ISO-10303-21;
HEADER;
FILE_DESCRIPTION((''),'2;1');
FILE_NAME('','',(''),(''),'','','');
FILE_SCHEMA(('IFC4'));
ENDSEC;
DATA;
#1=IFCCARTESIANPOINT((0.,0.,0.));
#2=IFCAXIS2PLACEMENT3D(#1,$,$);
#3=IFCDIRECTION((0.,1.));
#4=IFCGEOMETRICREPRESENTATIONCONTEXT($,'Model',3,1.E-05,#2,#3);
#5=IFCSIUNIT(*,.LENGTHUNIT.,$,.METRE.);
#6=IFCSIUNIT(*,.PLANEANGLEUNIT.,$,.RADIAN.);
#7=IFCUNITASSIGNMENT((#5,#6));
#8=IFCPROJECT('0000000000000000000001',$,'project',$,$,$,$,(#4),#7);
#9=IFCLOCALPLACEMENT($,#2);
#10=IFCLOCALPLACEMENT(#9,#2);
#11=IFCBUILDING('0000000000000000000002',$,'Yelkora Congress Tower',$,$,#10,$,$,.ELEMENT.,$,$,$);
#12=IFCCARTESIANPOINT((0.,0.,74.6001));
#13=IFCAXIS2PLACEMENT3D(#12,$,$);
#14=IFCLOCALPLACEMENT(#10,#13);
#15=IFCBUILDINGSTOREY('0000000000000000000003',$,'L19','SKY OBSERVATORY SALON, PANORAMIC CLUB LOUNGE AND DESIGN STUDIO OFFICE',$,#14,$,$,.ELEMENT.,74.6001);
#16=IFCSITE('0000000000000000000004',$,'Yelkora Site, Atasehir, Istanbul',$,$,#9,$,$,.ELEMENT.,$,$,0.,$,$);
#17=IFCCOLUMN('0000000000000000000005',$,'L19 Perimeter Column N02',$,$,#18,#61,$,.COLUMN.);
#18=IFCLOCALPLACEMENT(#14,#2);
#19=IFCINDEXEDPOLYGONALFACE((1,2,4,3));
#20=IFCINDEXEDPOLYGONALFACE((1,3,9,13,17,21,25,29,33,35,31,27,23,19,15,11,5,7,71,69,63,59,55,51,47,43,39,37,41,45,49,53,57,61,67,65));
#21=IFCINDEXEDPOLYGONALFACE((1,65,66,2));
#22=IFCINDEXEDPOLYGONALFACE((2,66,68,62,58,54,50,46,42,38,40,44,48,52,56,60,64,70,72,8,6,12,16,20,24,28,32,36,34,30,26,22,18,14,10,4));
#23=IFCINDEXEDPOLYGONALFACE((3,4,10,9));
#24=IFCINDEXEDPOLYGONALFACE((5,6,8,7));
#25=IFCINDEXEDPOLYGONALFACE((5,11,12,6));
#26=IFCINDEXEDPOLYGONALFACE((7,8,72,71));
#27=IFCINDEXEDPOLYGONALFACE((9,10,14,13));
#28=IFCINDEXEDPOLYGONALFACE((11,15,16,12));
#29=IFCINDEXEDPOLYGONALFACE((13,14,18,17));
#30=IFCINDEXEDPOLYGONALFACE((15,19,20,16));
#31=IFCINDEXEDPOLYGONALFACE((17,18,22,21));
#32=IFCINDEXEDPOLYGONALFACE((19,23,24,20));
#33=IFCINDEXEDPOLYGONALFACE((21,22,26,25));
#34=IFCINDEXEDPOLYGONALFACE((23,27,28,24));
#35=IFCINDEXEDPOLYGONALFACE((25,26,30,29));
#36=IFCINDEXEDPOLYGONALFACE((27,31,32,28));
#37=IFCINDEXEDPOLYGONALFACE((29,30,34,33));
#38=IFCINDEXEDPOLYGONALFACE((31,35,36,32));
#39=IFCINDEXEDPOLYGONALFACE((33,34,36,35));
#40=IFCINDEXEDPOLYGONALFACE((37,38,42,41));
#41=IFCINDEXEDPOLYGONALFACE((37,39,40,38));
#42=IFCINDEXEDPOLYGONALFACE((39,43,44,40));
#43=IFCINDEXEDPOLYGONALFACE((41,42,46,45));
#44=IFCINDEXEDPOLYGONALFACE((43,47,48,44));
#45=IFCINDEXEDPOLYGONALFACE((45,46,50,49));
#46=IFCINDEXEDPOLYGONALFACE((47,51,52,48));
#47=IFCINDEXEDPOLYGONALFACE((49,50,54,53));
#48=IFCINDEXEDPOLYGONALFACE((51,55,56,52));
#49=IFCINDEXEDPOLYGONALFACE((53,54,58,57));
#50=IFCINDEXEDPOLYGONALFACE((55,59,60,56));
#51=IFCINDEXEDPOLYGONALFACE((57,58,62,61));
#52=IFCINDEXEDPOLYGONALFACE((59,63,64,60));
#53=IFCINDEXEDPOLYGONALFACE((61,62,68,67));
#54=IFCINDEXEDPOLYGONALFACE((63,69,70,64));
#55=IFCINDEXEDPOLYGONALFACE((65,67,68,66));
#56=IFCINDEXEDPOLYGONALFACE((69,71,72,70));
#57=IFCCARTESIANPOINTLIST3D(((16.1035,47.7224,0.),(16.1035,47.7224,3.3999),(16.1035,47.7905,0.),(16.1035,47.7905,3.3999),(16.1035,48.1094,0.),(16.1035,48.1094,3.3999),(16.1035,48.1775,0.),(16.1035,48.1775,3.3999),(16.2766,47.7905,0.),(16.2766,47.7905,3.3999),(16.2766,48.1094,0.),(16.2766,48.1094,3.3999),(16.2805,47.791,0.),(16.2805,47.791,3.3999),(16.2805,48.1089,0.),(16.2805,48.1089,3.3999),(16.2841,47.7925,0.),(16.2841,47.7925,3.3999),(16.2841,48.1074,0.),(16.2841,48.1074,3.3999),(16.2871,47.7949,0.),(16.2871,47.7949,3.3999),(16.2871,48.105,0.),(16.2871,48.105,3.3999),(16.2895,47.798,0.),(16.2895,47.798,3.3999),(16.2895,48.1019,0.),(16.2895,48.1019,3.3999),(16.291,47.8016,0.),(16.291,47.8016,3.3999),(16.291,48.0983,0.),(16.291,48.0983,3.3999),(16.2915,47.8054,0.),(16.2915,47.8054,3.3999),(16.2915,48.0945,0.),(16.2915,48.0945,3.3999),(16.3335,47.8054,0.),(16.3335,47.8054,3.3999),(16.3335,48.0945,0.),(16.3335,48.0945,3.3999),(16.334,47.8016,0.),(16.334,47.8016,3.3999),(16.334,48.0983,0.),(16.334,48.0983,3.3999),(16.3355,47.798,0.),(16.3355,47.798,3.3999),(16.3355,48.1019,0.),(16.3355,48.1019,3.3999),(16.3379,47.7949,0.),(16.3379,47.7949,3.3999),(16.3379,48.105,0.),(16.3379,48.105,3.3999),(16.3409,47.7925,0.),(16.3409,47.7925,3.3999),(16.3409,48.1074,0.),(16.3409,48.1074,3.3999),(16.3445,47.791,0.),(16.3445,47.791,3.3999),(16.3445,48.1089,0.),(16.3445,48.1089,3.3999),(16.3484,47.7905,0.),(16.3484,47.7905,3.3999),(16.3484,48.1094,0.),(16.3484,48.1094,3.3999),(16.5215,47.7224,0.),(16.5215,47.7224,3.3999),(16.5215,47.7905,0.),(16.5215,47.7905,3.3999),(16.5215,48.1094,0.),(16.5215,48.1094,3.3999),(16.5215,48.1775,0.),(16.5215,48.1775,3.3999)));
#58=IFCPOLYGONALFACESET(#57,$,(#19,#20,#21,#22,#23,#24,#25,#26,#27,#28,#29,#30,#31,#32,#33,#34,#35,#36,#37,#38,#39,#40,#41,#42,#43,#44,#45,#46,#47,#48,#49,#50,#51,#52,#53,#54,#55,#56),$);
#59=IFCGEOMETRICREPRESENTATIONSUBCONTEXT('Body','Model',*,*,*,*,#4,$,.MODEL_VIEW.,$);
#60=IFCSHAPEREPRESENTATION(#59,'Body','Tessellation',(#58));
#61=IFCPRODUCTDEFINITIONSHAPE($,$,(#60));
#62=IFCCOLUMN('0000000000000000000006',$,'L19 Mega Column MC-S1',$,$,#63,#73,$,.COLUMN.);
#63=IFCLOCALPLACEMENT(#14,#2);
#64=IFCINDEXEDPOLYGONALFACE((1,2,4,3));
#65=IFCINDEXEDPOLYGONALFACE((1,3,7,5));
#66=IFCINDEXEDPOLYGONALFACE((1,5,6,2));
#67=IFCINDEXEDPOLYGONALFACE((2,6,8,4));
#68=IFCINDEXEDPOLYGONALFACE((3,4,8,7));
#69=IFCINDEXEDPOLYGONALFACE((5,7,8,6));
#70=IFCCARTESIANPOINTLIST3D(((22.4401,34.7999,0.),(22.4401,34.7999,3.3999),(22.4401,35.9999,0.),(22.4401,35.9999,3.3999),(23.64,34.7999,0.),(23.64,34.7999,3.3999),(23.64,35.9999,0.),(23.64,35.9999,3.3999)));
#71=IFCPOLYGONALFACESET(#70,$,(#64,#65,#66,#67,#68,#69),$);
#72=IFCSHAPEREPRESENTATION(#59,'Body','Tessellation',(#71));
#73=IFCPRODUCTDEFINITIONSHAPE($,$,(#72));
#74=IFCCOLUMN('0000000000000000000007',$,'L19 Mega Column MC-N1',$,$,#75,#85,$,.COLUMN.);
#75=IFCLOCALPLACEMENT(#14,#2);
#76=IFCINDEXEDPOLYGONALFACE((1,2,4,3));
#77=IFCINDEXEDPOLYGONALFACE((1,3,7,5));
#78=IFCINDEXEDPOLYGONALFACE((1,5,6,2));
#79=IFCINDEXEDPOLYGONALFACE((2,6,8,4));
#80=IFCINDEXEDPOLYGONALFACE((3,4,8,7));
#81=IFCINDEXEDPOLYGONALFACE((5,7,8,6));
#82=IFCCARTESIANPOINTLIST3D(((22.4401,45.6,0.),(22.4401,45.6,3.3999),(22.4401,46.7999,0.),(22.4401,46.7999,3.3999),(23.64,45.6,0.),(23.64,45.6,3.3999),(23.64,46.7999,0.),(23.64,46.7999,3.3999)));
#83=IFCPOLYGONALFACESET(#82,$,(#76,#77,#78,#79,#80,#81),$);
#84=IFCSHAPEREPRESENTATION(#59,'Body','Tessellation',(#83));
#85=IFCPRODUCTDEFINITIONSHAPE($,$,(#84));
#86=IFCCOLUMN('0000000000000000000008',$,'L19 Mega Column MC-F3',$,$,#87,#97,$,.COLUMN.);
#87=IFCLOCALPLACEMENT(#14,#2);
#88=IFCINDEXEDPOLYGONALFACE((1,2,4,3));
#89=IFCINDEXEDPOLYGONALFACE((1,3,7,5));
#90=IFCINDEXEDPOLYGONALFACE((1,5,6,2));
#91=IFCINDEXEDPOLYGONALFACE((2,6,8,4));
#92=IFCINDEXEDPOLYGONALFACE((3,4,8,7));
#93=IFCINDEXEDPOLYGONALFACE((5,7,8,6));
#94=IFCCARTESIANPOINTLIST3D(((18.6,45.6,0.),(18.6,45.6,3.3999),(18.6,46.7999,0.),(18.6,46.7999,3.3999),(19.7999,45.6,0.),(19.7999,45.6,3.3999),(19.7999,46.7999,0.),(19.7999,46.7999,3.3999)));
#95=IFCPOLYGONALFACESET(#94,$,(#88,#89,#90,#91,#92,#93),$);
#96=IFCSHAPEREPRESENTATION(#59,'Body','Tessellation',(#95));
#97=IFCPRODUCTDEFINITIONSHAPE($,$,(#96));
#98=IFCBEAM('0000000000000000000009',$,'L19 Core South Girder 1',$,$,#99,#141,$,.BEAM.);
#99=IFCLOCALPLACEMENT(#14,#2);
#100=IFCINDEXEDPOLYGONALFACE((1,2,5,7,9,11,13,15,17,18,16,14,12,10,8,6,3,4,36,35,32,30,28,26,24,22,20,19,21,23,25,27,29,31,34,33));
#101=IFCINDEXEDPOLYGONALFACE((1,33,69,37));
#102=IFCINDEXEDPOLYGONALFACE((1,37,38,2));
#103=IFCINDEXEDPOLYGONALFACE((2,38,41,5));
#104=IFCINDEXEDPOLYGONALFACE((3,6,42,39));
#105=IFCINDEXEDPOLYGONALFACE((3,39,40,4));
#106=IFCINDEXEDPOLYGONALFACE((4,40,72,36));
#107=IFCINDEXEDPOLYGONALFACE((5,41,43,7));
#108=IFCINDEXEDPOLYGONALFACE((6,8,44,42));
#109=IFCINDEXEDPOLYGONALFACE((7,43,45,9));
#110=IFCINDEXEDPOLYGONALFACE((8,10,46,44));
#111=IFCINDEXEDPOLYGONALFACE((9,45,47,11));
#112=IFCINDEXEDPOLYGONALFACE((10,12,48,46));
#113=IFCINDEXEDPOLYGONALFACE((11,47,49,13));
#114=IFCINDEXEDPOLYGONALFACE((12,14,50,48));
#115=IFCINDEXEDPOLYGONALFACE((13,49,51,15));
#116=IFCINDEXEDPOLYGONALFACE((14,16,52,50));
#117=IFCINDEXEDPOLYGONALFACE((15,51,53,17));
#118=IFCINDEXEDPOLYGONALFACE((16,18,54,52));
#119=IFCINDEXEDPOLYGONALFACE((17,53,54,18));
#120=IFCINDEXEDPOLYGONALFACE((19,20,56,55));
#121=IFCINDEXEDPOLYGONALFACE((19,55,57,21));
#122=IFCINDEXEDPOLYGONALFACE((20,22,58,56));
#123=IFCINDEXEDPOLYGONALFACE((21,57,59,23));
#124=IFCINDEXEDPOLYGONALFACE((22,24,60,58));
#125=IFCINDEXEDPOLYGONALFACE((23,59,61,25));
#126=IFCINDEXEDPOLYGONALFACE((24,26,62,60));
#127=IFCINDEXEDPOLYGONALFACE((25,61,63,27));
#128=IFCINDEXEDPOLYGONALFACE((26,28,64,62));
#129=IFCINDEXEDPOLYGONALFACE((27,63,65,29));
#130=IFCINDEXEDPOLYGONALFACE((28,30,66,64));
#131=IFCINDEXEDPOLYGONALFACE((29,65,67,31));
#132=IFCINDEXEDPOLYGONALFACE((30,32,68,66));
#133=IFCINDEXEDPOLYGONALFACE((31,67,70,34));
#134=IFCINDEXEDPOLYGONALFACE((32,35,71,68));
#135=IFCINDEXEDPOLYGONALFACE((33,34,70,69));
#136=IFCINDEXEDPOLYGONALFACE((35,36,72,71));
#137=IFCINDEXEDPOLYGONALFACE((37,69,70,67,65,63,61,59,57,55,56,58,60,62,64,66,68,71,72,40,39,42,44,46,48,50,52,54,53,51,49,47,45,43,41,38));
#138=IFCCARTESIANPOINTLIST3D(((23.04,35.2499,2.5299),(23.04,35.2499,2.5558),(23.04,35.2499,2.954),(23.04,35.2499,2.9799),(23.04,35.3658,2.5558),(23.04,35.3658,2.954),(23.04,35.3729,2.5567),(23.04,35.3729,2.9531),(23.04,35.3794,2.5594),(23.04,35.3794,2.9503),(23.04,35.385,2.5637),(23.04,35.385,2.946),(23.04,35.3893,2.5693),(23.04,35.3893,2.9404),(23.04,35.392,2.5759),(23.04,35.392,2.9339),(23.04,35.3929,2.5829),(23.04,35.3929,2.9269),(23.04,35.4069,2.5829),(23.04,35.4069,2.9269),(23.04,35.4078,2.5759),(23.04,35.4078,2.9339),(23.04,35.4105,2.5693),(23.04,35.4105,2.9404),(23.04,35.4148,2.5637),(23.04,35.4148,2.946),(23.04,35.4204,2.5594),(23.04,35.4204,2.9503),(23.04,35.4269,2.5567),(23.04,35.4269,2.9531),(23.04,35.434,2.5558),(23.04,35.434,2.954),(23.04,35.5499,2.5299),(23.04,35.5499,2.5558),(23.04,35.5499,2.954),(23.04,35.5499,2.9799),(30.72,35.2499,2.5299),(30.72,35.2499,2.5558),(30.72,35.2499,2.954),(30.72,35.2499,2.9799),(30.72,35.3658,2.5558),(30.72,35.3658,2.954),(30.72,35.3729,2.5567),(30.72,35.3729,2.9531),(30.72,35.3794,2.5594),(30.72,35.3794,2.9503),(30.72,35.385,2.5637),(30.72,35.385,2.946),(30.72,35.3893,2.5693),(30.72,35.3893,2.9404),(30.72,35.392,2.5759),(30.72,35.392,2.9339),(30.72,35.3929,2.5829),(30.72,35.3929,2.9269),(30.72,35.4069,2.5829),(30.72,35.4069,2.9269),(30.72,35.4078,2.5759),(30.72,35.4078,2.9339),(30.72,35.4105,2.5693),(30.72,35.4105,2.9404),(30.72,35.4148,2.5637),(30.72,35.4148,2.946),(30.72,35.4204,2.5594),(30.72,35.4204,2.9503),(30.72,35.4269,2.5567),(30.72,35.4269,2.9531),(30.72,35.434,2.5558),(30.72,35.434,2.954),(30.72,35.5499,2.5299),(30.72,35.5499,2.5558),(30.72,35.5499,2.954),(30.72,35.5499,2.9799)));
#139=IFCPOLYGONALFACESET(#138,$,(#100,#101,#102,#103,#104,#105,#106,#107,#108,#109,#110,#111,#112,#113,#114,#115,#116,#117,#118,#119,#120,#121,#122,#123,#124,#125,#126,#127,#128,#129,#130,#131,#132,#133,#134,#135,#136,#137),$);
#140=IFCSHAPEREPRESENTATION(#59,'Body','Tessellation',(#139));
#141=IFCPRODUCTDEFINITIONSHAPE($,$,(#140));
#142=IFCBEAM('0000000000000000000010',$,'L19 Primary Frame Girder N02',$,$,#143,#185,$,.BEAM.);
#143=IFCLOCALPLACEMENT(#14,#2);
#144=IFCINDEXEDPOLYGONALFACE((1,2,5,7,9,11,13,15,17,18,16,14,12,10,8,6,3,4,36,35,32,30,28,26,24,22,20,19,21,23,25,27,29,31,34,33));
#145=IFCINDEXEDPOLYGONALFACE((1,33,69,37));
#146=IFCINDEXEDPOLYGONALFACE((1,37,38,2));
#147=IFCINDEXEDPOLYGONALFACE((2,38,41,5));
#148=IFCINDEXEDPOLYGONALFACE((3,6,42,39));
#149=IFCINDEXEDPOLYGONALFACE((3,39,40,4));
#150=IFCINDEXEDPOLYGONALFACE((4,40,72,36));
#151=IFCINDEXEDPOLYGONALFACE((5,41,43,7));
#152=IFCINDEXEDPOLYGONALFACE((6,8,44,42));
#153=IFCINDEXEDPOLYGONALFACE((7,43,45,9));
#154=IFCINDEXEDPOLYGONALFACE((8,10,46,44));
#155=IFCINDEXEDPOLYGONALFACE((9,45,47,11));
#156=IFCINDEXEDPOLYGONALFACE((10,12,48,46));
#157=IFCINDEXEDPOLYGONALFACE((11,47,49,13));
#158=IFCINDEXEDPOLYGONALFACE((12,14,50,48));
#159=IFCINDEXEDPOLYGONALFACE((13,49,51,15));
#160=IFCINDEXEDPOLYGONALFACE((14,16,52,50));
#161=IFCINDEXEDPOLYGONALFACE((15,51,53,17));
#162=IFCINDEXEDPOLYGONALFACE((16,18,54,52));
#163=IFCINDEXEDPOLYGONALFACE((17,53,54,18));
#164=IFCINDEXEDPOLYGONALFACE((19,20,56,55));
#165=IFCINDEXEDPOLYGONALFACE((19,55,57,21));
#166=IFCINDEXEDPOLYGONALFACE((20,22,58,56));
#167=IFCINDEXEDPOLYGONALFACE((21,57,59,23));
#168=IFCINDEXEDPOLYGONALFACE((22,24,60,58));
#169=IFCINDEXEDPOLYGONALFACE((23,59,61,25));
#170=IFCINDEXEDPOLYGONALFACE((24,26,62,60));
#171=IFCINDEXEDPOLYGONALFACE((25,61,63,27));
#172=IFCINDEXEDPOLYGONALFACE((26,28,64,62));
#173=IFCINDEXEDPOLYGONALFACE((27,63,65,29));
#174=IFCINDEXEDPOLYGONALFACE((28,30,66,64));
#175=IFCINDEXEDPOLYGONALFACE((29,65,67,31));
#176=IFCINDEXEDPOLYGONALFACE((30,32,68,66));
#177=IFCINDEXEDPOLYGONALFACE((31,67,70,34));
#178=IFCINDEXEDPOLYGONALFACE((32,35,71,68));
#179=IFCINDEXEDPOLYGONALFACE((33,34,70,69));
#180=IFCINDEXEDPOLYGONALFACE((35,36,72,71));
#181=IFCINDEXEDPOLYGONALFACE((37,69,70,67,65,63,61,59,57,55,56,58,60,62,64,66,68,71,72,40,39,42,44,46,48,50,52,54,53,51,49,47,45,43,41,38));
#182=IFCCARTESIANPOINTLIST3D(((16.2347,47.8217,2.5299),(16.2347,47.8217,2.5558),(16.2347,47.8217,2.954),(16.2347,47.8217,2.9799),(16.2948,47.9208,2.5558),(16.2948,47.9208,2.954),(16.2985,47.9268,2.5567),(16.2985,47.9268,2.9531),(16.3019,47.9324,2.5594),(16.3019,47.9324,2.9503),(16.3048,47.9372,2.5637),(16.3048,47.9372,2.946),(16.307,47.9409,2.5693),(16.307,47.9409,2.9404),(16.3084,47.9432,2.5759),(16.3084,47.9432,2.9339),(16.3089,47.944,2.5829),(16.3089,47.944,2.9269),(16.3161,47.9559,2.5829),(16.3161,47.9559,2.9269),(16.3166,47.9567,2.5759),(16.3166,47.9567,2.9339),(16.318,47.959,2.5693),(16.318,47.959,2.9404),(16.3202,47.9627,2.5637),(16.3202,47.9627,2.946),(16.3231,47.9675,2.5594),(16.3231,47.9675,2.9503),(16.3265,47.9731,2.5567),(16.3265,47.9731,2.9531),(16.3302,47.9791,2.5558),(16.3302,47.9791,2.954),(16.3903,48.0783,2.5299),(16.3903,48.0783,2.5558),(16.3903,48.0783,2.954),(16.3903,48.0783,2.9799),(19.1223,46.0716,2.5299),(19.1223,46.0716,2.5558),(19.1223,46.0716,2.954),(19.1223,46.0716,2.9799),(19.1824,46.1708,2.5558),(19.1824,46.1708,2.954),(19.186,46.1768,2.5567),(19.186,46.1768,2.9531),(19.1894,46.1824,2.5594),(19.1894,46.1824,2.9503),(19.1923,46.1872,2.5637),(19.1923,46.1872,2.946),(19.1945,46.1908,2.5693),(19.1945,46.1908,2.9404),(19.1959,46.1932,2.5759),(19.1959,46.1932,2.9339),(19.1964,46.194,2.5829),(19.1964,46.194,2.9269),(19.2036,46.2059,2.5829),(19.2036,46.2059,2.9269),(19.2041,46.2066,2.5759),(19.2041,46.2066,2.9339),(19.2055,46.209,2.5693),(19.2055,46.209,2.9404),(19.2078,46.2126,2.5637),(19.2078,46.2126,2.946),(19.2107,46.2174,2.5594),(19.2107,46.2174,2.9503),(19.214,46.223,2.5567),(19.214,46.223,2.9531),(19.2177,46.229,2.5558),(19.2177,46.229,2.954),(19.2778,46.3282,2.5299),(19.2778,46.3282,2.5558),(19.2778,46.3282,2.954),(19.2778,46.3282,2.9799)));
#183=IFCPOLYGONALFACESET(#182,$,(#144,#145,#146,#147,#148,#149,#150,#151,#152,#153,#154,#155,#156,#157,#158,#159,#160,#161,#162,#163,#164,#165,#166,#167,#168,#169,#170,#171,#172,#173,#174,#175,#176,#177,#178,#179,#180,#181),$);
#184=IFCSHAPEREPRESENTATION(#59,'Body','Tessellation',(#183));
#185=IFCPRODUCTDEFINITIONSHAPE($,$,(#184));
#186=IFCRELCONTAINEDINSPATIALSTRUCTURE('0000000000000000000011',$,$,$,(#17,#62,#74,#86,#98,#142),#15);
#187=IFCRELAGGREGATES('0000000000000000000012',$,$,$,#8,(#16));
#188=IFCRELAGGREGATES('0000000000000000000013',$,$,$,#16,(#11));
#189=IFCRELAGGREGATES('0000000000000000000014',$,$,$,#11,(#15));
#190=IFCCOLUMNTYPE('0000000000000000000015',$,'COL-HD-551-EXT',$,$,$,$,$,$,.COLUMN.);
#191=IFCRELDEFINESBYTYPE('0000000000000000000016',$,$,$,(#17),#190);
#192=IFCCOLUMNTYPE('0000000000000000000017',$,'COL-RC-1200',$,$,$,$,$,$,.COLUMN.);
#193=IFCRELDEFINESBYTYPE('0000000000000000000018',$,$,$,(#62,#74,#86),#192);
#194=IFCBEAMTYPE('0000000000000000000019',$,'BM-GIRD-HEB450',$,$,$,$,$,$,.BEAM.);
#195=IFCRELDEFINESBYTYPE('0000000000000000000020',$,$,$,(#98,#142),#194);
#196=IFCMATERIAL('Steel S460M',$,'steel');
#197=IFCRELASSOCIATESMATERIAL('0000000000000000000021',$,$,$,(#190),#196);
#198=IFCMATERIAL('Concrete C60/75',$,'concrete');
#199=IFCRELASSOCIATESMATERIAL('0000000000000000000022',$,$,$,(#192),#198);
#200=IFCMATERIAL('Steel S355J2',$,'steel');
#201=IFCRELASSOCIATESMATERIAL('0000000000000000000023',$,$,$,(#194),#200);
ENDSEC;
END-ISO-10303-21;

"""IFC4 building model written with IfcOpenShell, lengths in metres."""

from ifc_helpers import new_model, si_unit, direction, frame, origin, origin_2d, place, context, subcontext, project, spatial, rectangle, i_section, extrude, material, material_profile, profile_set, type_object, element, save


model = new_model("IFC4")

# Units and contexts
model_context = context("Model", 3, precision=1e-05, world=origin(), true_north=direction((0.0, 1.0)))
body_context = subcontext(model_context, "Body", "Model", "MODEL_VIEW")
ifc_project = project(units=[si_unit("LENGTHUNIT", "METRE"), si_unit("PLANEANGLEUNIT", "RADIAN")], contexts=[model_context])

# Site, building, storey
site_placement = place(None, origin())
site = spatial("IfcSite", under=ifc_project, at=site_placement, Name="Yelkora Site, Atasehir, Istanbul", CompositionType="ELEMENT", RefElevation=0.0)
building_placement = place(site_placement, origin())
building = spatial("IfcBuilding", under=site, at=building_placement, Name="Yelkora Congress Tower", CompositionType="ELEMENT")
storey_placement = place(building_placement, frame((0.0, 0.0, 74.6001)))
storey = spatial("IfcBuildingStorey", under=building, at=storey_placement, Name="L19", Description="SKY OBSERVATORY SALON, PANORAMIC CLUB LOUNGE AND DESIGN STUDIO OFFICE", CompositionType="ELEMENT", Elevation=74.6001)

# Columns
ifc_material_1 = material(Name="Steel S460M", Category="steel")
ifc_material_profile_1 = material_profile(ifc_material_1, i_section(OverallWidth=0.418, OverallDepth=0.4551, WebThickness=0.042, FlangeThickness=0.0681, FilletRadius=0.0149, at=origin_2d()), Name="HD 400x551")
ifc_profile_set_1 = profile_set([ifc_material_profile_1], Name="Steel S460M")
column_type_1 = type_object("IfcColumnType", Name="COL-HD-551-EXT", PredefinedType="COLUMN", material=ifc_profile_set_1)
column_placement = place(storey_placement, frame((16.3125, 47.95, 0.0), z_axis=(0.0, 0.0, 1.0), x_axis=(1.0, 0.0, 0.0)))
element("IfcColumn", 1, at=column_placement, inside=storey, type_object=column_type_1, Name="L19 Perimeter Column N02", PredefinedType="COLUMN", context=body_context, shape_type="SweptSolid", body=[
    extrude(i_section(OverallWidth=0.418, OverallDepth=0.4551, WebThickness=0.042, FlangeThickness=0.0681, FilletRadius=0.0149, at=origin_2d()), origin(), (0.0, 0.0, 1.0), 3.3999),
])
ifc_material_2 = material(Name="Concrete C60/75", Category="concrete")
ifc_material_profile_2 = material_profile(ifc_material_2, rectangle(XDim=1.2, YDim=1.2, at=origin_2d()), Name="RC 1200x1200")
ifc_profile_set_2 = profile_set([ifc_material_profile_2], Name="Concrete C60/75")
column_type_2 = type_object("IfcColumnType", Name="COL-RC-1200", PredefinedType="COLUMN", material=ifc_profile_set_2)
for number, where, z_axis, x_axis, name in (
    (2, (23.04, 35.3999, 0.0), (0.0, 0.0, 1.0), (1.0, 0.0, 0.0), "L19 Mega Column MC-S1"),
    (3, (23.04, 46.2, 0.0), (0.0, 0.0, 1.0), (1.0, 0.0, 0.0), "L19 Mega Column MC-N1"),
    (4, (19.2, 46.2, 0.0), (0.0, 0.0, 1.0), (1.0, 0.0, 0.0), "L19 Mega Column MC-F3"),
):
    element("IfcColumn", number, at=place(storey_placement, frame(where, z_axis=z_axis, x_axis=x_axis)), inside=storey, type_object=column_type_2, Name=name, PredefinedType="COLUMN", context=body_context, shape_type="SweptSolid", body=[
        extrude(rectangle(XDim=1.2, YDim=1.2, at=origin_2d()), origin(), (0.0, 0.0, 1.0), 3.3999),
    ])

# Beams
ifc_material_3 = material(Name="Steel S355J2", Category="steel")
ifc_material_profile_3 = material_profile(ifc_material_3, i_section(OverallWidth=0.3, OverallDepth=0.45, WebThickness=0.0139, FlangeThickness=0.0259, FilletRadius=0.0271, at=origin_2d()), Name="HEB 450")
ifc_profile_set_3 = profile_set([ifc_material_profile_3], Name="Steel S355J2")
beam_type_1 = type_object("IfcBeamType", Name="BM-GIRD-HEB450", PredefinedType="BEAM", material=ifc_profile_set_3)
beam_1_placement = place(storey_placement, frame((23.04, 35.3999, 2.7549), z_axis=(1.0, 0.0, 0.0), x_axis=(0.0, 1.0, 0.0)))
element("IfcBeam", 5, at=beam_1_placement, inside=storey, type_object=beam_type_1, Name="L19 Core South Girder 1", PredefinedType="BEAM", context=body_context, shape_type="SweptSolid", body=[
    extrude(i_section(OverallWidth=0.3, OverallDepth=0.45, WebThickness=0.0139, FlangeThickness=0.0259, FilletRadius=0.0271, at=origin_2d()), origin(), (0.0, 0.0, 1.0), 7.6799),
])
beam_2_placement = place(storey_placement, frame((16.3125, 47.95, 2.7549), z_axis=(0.855194, -0.518308, 0.0), x_axis=(0.518308, 0.855194, 0.0)))
element("IfcBeam", 6, at=beam_2_placement, inside=storey, type_object=beam_type_1, Name="L19 Primary Frame Girder N02", PredefinedType="BEAM", context=body_context, shape_type="SweptSolid", body=[
    extrude(i_section(OverallWidth=0.3, OverallDepth=0.45, WebThickness=0.0139, FlangeThickness=0.0259, FilletRadius=0.0271, at=origin_2d()), origin(), (0.0, 0.0, 1.0), 3.3765),
])

save(model, "model.ifc")
